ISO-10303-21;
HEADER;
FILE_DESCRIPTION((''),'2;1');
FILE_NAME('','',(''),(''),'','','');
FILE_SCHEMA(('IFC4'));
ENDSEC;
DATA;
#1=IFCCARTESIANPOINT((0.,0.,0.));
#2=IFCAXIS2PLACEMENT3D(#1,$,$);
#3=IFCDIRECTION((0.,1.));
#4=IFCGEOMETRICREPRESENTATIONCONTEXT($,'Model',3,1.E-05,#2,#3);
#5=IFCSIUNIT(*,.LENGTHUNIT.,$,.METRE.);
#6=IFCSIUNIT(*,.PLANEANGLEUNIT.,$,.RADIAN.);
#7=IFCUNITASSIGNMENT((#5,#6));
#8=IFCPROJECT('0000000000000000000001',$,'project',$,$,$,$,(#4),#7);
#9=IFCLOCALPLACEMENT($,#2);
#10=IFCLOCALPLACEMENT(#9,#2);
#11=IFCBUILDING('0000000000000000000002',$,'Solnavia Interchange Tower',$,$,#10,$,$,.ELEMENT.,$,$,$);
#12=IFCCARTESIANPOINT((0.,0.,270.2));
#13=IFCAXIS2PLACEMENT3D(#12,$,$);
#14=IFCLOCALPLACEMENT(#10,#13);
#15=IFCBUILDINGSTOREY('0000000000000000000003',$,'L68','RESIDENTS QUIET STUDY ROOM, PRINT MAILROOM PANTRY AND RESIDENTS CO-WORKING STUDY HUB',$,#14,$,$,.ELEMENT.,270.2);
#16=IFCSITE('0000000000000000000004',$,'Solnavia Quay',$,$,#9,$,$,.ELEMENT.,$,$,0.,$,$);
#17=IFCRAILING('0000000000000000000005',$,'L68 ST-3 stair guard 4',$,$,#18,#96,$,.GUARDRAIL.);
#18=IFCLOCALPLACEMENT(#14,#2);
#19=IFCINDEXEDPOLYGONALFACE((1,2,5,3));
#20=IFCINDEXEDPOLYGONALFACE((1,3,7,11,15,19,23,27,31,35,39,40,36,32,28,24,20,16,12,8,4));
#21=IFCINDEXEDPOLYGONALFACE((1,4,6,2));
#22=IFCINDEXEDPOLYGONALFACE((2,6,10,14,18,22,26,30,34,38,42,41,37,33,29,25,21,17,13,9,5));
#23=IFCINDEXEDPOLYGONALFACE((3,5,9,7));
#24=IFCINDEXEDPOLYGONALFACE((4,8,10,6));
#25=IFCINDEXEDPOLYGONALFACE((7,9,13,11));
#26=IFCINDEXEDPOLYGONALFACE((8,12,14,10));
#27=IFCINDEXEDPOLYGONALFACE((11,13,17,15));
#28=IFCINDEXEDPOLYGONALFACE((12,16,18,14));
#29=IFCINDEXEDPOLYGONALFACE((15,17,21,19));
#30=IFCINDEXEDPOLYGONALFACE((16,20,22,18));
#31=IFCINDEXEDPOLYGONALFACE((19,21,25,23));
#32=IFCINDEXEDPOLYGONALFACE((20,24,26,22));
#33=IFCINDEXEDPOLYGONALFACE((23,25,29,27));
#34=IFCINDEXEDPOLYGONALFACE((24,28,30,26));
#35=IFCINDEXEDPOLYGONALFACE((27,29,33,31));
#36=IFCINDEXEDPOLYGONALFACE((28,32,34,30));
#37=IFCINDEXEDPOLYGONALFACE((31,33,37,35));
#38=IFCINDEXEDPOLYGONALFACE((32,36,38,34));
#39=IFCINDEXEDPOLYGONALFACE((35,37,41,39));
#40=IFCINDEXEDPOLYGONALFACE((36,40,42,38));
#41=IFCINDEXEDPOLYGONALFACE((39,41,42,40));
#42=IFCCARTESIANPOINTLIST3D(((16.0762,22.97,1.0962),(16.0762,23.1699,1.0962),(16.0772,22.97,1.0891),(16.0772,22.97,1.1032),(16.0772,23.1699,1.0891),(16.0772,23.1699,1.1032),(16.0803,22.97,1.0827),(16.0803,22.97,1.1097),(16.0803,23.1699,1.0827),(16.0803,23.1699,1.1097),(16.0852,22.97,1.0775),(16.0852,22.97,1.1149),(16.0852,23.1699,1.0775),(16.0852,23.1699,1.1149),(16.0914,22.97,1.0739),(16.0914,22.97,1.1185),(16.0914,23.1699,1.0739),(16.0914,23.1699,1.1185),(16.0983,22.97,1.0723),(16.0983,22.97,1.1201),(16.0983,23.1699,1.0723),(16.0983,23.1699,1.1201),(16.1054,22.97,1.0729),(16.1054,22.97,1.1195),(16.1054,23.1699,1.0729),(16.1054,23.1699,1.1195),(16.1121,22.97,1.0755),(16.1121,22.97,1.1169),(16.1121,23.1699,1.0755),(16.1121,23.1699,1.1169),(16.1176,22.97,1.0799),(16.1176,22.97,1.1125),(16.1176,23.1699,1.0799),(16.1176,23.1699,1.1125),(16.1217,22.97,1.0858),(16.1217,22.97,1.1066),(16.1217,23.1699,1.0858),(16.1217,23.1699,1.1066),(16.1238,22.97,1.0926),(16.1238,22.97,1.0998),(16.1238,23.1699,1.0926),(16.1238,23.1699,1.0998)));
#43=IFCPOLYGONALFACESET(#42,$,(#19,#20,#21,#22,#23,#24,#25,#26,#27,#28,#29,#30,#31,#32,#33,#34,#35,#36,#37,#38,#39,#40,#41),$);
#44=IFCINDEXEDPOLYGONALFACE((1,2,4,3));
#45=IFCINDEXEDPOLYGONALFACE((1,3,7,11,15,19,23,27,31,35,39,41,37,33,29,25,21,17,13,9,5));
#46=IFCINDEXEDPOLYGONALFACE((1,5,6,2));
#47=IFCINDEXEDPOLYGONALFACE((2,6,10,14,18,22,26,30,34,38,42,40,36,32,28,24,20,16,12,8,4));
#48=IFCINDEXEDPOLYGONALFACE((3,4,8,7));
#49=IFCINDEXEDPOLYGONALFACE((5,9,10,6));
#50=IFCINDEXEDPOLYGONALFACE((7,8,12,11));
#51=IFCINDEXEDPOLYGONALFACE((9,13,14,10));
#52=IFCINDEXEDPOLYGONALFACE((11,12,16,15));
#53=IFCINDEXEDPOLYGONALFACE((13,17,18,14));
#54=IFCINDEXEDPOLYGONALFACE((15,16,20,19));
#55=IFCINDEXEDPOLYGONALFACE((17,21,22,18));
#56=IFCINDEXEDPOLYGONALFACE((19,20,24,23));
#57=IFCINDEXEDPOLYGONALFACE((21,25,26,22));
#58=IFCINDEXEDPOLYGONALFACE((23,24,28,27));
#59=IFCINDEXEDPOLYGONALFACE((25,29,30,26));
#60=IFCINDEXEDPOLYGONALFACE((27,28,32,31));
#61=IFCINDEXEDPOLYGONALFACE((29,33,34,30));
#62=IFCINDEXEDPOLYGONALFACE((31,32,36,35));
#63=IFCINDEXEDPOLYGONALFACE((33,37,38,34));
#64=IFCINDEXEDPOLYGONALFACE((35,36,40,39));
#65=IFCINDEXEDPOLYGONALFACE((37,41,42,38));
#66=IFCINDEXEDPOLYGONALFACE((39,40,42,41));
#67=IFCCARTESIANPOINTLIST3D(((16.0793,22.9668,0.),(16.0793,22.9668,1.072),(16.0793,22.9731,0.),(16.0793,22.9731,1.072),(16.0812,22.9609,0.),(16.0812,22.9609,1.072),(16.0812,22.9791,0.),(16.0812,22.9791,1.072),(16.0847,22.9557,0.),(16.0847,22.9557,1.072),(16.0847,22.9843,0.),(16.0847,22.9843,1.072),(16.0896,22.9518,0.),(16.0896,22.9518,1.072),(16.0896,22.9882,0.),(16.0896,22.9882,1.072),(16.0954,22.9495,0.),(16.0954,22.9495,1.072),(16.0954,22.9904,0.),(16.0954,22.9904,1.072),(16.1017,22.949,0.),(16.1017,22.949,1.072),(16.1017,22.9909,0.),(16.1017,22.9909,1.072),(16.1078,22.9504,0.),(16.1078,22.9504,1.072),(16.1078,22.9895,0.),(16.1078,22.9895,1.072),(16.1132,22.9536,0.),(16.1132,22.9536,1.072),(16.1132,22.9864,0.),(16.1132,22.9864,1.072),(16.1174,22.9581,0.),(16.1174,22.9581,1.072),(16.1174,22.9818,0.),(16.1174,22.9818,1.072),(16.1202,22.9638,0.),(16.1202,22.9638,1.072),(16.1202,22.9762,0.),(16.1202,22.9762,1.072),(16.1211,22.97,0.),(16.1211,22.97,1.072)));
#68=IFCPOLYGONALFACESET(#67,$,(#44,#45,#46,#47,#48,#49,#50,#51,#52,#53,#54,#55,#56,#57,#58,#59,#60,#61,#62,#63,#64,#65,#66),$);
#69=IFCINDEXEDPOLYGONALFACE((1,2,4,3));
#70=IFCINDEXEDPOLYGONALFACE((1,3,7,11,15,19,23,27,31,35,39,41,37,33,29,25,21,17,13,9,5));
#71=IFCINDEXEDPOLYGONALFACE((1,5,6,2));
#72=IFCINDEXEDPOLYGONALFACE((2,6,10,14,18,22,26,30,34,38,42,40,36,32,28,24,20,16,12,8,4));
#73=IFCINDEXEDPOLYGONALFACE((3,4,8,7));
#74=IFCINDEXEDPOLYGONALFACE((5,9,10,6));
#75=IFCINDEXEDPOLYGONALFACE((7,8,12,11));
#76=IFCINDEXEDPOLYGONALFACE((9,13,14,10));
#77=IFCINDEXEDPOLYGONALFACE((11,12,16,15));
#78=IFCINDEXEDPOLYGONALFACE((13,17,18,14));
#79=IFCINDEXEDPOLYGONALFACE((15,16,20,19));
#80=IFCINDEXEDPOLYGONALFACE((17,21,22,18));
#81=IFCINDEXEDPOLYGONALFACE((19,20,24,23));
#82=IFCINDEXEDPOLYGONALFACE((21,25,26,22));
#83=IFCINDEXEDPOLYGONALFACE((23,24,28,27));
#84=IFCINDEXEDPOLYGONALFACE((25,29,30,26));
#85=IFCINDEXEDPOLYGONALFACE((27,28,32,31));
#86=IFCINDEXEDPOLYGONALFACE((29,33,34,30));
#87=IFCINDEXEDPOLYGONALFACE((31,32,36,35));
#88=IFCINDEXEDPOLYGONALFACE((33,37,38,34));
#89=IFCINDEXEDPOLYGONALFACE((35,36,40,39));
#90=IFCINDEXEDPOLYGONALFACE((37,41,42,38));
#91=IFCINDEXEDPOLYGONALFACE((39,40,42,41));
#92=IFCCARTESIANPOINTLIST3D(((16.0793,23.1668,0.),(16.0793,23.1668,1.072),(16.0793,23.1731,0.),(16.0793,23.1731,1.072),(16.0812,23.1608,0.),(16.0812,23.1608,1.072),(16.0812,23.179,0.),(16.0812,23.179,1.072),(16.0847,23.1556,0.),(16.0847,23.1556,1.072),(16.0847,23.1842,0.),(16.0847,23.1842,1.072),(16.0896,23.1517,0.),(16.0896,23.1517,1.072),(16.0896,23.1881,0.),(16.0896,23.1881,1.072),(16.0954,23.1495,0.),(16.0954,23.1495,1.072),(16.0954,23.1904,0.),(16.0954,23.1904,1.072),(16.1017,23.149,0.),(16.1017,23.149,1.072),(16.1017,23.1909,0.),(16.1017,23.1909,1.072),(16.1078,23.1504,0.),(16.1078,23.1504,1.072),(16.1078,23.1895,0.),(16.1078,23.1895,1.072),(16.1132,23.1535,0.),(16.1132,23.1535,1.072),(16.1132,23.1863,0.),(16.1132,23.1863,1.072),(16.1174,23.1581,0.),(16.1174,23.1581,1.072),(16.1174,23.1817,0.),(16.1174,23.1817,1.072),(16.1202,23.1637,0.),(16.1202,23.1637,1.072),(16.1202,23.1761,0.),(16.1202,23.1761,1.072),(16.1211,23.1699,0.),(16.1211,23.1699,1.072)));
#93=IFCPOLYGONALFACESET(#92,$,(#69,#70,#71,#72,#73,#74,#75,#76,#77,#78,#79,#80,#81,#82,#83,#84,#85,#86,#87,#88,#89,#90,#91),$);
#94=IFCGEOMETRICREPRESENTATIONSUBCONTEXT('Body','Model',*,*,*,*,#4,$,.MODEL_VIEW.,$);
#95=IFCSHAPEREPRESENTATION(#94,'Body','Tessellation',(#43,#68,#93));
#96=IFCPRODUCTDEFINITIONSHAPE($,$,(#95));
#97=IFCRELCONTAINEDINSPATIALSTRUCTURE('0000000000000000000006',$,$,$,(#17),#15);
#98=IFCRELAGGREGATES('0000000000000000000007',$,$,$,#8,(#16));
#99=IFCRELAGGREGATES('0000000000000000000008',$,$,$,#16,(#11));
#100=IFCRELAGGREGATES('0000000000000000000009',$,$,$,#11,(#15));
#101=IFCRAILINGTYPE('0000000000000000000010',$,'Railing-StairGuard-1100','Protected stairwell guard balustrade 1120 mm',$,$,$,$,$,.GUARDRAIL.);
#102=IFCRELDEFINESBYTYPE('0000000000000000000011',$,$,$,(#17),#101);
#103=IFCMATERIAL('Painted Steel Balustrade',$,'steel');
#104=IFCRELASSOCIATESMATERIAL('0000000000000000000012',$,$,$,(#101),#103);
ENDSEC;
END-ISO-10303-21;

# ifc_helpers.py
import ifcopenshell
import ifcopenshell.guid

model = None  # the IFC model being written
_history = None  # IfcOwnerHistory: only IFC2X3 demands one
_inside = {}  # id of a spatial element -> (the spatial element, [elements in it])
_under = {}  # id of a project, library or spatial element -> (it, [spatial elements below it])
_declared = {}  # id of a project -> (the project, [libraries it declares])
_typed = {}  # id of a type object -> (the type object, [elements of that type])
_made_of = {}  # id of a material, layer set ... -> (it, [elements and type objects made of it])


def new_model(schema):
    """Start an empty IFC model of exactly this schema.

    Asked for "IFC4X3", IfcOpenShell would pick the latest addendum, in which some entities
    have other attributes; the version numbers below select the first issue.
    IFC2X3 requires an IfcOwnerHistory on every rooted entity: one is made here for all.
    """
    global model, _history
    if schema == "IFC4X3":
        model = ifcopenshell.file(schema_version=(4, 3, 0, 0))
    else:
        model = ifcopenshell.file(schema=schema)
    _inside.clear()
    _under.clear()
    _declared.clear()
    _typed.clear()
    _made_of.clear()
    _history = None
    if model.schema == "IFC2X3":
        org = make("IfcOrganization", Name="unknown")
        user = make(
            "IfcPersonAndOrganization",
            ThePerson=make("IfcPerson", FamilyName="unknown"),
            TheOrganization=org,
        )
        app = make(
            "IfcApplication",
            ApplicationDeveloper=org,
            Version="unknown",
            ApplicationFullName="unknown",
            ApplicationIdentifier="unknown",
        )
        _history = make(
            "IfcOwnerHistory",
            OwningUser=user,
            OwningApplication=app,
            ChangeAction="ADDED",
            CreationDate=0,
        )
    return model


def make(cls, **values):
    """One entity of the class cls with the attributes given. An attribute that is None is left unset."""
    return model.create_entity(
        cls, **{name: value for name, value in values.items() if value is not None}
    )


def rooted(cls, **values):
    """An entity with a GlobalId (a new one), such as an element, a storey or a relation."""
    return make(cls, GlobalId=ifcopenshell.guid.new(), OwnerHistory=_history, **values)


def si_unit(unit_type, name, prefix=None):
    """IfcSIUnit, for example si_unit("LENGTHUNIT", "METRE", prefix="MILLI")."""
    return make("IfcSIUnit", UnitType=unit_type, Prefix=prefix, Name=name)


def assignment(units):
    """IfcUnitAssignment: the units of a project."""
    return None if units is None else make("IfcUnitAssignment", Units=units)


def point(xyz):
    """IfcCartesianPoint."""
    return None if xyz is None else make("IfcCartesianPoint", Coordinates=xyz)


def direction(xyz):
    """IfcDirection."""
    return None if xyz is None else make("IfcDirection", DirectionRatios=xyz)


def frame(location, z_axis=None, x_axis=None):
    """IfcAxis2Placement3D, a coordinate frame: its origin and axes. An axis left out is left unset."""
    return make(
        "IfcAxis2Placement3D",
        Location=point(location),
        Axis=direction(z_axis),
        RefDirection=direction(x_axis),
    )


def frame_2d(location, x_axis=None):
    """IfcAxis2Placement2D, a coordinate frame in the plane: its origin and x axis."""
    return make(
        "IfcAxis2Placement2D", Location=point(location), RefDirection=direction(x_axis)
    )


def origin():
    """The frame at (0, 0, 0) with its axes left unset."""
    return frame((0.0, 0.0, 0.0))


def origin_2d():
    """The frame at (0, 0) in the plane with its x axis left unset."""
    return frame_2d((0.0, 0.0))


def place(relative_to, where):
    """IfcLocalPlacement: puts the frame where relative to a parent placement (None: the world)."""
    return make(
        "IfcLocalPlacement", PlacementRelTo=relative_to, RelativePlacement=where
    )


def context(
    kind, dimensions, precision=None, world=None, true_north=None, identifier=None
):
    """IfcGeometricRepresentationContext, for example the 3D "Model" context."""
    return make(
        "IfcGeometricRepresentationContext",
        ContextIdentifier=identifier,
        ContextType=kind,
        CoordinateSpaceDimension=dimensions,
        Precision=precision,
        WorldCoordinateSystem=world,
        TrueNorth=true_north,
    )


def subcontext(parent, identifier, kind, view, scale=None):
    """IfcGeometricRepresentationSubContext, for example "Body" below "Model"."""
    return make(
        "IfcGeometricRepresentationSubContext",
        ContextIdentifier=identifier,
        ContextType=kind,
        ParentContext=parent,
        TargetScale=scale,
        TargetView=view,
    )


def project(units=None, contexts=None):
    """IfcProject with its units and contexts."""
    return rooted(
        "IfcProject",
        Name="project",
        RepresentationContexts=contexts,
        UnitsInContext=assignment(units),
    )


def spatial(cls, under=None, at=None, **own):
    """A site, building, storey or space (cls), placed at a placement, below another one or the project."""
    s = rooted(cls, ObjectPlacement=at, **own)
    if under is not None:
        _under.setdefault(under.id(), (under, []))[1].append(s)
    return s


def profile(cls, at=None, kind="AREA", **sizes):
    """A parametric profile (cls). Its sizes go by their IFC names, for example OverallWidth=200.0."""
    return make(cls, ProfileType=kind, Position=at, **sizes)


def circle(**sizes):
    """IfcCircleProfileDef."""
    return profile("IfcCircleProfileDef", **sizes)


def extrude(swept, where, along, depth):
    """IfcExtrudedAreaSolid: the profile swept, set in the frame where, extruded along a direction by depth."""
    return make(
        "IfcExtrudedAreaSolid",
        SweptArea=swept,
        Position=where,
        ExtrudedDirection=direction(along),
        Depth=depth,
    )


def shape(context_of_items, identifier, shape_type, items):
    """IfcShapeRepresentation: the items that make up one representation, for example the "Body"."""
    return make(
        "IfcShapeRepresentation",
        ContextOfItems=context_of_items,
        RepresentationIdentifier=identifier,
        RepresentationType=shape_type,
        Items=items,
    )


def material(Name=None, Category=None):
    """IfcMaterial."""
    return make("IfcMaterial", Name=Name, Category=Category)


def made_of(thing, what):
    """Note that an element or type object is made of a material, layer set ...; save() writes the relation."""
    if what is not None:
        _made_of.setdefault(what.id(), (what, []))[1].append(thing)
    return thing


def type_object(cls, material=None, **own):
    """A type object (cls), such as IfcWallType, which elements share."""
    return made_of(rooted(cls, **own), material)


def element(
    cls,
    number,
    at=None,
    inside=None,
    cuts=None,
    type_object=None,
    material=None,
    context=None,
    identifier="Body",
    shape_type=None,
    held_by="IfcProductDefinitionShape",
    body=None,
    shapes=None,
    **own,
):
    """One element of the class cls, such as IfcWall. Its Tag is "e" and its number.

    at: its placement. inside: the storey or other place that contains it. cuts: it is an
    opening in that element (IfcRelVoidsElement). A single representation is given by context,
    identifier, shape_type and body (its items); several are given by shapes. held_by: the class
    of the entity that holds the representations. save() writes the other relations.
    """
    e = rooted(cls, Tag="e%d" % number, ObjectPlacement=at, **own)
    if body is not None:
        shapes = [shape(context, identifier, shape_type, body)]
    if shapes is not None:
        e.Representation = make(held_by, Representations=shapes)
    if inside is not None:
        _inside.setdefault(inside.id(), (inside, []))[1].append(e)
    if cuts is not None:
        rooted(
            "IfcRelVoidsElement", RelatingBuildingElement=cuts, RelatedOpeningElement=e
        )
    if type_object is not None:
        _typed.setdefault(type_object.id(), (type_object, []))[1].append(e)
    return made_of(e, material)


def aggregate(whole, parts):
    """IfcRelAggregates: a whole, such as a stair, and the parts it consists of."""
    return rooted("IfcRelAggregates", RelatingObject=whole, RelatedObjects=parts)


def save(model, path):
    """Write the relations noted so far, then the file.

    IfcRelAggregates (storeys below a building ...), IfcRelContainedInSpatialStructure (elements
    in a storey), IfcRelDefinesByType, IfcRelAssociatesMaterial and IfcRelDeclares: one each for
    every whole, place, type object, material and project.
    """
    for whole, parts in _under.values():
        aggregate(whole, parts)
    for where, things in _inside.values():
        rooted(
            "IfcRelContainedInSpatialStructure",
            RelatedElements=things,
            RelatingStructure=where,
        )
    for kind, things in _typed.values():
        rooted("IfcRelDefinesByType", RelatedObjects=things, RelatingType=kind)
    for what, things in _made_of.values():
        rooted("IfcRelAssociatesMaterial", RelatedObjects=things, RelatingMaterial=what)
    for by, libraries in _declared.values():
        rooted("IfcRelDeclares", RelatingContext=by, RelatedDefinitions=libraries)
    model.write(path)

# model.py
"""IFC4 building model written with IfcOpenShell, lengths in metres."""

from ifc_helpers import new_model, si_unit, direction, frame, origin, origin_2d, place, context, subcontext, project, spatial, circle, extrude, material, type_object, element, save


model = new_model("IFC4")

# Units and contexts
model_context = context("Model", 3, precision=1e-05, world=origin(), true_north=direction((0.0, 1.0)))
body_context = subcontext(model_context, "Body", "Model", "MODEL_VIEW")
ifc_project = project(units=[si_unit("LENGTHUNIT", "METRE"), si_unit("PLANEANGLEUNIT", "RADIAN")], contexts=[model_context])

# Site, building, storey
site_placement = place(None, origin())
site = spatial("IfcSite", under=ifc_project, at=site_placement, Name="Solnavia Quay", CompositionType="ELEMENT", RefElevation=0.0)
building_placement = place(site_placement, origin())
building = spatial("IfcBuilding", under=site, at=building_placement, Name="Solnavia Interchange Tower", CompositionType="ELEMENT")
storey_placement = place(building_placement, frame((0.0, 0.0, 270.2)))
storey = spatial("IfcBuildingStorey", under=building, at=storey_placement, Name="L68", Description="RESIDENTS QUIET STUDY ROOM, PRINT MAILROOM PANTRY AND RESIDENTS CO-WORKING STUDY HUB", CompositionType="ELEMENT", Elevation=270.2)

# Railing
ifc_material_1 = material(Name="Painted Steel Balustrade", Category="steel")
railing_type_1 = type_object("IfcRailingType", Name="Railing-StairGuard-1100", Description="Protected stairwell guard balustrade 1120 mm", PredefinedType="GUARDRAIL", material=ifc_material_1)
railing_1_placement = place(storey_placement, frame((16.1001, 22.97, 0.0)))
element("IfcRailing", 1, at=railing_1_placement, inside=storey, type_object=railing_type_1, Name="L68 ST-3 stair guard 4", PredefinedType="GUARDRAIL", context=body_context, shape_type="SweptSolid", body=[
    extrude(circle(Radius=0.0239, at=origin_2d()), frame((0.0, 0.0, 1.0962), z_axis=(0.0, 1.0, 0.0), x_axis=(-1.0, 0.0, 0.0)), (0.0, 0.0, 1.0), 0.2),
    extrude(circle(Radius=0.021, at=origin_2d()), origin(), (0.0, 0.0, 1.0), 1.072),
    extrude(circle(Radius=0.021, at=origin_2d()), frame((0.0, 0.2, 0.0)), (0.0, 0.0, 1.0), 1.072),
])

save(model, "model.ifc")
